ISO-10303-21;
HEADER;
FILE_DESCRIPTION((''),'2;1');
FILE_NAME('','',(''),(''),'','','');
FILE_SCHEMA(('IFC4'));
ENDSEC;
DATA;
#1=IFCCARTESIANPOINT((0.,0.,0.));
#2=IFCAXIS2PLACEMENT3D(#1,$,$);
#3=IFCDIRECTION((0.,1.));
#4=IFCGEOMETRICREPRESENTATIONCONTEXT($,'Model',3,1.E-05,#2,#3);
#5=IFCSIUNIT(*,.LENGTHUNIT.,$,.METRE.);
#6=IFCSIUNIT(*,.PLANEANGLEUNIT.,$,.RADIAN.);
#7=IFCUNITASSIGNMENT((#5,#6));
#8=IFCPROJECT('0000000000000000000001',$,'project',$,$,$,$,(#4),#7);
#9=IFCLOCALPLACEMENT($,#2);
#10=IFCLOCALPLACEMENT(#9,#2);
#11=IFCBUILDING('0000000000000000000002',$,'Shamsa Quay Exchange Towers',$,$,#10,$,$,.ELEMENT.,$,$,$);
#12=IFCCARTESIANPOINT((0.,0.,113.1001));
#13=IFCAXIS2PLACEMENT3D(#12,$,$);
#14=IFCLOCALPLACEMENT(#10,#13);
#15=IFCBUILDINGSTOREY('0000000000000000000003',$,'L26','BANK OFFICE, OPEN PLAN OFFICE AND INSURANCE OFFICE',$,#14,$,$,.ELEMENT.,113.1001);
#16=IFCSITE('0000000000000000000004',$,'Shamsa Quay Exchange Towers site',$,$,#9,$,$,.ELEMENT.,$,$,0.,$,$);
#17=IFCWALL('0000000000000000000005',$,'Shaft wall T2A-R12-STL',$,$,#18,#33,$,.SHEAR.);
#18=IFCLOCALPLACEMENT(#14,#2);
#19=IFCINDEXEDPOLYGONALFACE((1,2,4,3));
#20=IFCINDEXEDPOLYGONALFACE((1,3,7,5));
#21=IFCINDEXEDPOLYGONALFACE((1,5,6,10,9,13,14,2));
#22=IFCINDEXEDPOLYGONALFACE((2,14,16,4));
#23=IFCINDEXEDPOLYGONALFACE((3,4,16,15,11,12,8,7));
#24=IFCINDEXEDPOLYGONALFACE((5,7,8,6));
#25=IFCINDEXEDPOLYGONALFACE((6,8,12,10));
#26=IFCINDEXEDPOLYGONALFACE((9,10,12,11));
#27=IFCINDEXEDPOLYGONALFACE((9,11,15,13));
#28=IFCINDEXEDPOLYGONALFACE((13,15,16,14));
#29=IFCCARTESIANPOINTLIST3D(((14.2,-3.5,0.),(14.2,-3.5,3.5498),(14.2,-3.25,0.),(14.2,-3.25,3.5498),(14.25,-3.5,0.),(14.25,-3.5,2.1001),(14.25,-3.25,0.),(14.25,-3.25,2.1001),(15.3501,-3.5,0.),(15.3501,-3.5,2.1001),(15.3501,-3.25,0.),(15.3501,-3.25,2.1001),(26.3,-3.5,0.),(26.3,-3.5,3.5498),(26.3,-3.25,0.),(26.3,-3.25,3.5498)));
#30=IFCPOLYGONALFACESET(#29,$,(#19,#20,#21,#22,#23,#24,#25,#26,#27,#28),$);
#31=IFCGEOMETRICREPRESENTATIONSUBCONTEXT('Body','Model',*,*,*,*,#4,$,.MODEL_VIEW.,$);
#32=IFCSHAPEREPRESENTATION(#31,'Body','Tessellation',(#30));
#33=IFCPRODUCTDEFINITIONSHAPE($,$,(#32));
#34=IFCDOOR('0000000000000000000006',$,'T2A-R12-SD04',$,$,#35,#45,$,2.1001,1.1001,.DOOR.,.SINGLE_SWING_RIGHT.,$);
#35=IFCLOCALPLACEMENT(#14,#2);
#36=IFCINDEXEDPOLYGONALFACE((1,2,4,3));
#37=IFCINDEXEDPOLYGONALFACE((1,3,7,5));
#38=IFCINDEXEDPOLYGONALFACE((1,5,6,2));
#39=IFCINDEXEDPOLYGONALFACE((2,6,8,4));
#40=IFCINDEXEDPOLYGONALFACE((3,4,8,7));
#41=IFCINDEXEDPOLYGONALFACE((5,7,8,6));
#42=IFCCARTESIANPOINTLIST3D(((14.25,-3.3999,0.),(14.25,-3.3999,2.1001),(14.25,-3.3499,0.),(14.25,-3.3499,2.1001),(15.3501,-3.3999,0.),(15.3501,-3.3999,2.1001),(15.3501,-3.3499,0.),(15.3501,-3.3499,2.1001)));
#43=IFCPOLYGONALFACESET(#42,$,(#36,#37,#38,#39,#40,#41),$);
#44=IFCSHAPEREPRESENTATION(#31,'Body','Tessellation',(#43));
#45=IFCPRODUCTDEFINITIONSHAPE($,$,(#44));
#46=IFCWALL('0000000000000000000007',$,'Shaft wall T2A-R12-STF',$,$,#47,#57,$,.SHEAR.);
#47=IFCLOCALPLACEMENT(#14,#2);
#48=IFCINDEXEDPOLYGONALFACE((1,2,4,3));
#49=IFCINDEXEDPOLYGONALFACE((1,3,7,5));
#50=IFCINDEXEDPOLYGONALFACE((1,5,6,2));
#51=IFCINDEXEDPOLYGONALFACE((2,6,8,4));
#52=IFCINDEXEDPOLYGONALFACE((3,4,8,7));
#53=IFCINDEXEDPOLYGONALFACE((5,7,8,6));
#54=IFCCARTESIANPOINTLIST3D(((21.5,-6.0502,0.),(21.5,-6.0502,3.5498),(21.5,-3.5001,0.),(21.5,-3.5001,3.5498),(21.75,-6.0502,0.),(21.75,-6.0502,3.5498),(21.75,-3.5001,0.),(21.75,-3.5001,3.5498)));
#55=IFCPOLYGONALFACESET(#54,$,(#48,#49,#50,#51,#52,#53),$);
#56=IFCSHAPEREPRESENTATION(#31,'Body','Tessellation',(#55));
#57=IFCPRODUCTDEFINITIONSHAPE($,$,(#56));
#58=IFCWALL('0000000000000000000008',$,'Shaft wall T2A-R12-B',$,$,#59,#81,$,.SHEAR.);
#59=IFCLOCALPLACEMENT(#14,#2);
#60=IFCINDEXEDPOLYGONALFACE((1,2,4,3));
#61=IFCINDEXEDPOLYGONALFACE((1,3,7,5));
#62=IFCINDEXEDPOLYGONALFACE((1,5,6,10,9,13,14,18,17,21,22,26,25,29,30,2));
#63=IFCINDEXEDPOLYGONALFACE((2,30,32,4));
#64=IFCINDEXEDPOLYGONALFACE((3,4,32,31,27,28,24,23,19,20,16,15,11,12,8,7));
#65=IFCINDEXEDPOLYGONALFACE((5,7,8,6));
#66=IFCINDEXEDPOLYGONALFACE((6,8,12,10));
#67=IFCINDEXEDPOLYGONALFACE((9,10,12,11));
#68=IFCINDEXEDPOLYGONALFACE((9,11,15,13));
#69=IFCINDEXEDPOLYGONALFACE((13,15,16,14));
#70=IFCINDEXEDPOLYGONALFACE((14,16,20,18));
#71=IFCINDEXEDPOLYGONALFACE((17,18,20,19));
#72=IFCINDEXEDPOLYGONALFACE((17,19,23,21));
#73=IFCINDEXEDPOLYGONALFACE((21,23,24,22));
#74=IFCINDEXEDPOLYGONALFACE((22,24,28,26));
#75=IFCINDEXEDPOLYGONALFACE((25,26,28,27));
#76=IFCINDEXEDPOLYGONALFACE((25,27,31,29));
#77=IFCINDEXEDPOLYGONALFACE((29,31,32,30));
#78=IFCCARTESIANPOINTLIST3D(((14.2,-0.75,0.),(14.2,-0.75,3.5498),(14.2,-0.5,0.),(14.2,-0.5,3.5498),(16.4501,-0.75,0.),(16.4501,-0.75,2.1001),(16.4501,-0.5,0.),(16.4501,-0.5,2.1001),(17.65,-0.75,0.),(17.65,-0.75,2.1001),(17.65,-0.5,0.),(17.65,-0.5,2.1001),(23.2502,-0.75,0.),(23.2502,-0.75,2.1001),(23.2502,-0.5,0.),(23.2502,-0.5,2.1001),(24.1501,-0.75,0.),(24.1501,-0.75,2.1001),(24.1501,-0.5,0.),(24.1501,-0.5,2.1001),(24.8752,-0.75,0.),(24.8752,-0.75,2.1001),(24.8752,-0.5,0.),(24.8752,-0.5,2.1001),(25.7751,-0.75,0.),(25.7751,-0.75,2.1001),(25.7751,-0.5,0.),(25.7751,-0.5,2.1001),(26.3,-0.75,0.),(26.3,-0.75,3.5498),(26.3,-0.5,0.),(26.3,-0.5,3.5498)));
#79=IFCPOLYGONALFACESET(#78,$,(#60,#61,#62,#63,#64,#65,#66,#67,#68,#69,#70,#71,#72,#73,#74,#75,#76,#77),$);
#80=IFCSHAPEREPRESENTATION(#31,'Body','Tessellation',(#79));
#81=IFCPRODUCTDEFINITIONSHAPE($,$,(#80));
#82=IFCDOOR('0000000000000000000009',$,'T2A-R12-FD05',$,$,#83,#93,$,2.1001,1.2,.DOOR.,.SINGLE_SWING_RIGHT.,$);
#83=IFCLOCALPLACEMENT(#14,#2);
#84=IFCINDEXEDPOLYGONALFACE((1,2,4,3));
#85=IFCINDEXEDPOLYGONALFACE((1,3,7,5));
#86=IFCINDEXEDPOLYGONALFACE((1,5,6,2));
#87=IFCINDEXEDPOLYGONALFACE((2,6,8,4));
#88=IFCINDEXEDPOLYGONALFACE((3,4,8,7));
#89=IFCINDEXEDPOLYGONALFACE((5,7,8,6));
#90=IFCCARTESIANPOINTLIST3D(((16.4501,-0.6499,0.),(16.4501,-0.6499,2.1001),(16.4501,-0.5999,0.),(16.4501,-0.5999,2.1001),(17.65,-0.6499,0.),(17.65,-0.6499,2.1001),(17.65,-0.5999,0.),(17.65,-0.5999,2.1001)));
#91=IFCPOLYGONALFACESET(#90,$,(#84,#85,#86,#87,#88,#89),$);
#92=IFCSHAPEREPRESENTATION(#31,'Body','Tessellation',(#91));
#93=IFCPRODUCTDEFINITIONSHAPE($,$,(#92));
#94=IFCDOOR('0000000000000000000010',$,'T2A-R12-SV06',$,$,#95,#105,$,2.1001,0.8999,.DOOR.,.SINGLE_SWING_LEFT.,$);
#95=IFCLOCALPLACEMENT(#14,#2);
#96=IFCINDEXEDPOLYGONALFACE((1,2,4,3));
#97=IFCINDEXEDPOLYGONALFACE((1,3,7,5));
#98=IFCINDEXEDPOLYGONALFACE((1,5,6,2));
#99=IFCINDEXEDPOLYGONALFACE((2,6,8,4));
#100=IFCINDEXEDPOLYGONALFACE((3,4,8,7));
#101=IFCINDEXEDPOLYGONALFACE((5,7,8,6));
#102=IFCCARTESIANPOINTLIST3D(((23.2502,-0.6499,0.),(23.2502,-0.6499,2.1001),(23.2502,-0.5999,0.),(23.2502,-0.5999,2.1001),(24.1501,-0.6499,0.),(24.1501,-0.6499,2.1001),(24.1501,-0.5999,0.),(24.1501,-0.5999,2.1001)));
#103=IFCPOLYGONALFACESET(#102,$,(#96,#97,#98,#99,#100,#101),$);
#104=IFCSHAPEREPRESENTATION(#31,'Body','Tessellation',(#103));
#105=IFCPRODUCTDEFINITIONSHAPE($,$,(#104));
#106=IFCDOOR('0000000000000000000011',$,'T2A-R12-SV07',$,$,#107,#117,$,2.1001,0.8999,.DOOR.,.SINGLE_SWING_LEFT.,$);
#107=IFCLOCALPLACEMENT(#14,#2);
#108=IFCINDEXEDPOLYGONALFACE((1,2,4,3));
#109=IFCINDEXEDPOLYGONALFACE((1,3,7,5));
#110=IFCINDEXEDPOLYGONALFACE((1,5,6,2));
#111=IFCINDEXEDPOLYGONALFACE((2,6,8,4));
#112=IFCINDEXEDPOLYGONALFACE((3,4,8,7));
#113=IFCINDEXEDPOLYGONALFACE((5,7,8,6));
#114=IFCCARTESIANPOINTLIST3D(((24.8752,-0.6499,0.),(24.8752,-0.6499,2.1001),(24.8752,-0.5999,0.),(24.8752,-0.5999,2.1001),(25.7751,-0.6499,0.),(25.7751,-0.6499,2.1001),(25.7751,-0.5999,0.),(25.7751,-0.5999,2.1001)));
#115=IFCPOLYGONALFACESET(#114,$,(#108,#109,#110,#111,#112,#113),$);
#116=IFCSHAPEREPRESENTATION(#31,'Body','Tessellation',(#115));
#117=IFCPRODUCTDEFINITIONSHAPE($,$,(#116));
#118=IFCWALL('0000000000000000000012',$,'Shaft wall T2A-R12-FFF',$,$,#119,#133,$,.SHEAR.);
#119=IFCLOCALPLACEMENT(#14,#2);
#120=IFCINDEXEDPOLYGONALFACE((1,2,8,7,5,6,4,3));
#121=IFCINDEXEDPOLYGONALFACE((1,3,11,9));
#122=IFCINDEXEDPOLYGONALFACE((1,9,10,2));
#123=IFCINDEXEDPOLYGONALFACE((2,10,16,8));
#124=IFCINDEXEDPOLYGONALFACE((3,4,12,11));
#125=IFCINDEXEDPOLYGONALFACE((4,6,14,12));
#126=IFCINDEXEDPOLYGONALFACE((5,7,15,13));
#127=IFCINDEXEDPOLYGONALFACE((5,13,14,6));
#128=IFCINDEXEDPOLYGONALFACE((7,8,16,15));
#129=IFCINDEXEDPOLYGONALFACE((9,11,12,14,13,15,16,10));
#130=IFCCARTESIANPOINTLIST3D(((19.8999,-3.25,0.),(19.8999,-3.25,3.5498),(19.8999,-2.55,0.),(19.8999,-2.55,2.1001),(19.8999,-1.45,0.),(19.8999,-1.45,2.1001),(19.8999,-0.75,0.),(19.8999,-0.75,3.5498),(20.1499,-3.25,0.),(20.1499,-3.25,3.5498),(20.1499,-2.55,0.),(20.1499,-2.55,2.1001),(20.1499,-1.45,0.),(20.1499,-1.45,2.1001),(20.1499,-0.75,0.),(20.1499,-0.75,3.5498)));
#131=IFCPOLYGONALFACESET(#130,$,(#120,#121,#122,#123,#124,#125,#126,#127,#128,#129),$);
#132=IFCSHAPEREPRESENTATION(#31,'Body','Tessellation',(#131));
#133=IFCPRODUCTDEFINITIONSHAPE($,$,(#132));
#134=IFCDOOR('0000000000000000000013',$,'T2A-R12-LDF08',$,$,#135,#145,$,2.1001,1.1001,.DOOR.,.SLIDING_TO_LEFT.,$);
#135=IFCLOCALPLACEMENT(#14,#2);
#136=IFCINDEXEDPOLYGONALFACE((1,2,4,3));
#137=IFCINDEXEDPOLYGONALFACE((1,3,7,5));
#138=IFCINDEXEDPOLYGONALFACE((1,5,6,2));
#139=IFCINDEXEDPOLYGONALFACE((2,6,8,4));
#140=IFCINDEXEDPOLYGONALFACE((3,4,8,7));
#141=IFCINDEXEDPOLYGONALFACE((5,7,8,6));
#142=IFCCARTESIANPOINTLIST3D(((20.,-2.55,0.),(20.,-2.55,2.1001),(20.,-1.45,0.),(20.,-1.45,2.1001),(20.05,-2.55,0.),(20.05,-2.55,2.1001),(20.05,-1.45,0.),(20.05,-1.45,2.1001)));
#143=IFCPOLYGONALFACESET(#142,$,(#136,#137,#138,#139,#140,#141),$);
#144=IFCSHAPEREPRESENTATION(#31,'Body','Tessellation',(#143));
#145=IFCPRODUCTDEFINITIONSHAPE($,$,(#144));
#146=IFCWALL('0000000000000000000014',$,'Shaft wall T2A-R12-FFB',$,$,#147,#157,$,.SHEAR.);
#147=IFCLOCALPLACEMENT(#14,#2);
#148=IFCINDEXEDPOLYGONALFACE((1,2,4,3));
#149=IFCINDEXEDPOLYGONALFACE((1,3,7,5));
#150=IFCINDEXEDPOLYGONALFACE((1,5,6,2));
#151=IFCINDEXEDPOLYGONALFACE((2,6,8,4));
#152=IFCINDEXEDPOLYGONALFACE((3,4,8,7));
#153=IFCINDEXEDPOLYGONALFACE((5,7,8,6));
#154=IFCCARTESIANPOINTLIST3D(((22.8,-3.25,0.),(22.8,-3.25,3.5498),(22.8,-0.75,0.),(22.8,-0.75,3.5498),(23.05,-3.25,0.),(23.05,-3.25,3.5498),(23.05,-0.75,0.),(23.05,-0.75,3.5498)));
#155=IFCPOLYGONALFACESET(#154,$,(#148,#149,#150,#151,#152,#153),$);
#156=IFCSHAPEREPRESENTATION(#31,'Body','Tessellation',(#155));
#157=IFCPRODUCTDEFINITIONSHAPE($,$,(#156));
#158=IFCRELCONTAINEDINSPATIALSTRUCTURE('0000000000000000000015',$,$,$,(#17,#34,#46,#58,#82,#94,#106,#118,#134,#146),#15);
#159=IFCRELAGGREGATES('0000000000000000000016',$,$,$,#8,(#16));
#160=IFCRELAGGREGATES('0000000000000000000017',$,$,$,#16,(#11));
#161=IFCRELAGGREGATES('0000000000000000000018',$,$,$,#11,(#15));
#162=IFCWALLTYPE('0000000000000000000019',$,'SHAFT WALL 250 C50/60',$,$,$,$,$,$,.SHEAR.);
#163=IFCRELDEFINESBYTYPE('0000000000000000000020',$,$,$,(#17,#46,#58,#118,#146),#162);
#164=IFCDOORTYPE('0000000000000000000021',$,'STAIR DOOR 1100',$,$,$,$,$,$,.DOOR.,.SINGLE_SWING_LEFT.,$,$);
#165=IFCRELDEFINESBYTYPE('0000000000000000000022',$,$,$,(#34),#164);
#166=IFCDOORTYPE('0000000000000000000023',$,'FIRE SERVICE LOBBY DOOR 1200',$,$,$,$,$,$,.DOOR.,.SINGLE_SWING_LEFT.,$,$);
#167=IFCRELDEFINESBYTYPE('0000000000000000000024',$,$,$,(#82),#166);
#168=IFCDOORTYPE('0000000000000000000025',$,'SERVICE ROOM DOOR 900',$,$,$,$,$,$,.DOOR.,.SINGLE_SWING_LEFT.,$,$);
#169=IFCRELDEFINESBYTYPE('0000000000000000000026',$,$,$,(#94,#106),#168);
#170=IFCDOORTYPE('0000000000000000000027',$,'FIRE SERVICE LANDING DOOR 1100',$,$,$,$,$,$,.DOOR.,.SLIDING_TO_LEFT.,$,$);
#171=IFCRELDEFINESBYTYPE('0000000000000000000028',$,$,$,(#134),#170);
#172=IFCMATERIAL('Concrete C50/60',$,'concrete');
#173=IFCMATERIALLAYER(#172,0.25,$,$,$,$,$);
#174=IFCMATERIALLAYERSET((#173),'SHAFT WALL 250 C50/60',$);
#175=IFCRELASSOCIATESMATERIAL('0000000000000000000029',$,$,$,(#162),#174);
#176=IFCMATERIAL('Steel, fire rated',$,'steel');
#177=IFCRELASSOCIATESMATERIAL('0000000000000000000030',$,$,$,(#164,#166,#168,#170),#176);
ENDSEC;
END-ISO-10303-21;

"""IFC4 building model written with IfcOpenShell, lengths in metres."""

from ifc_helpers import new_model, si_unit, direction, frame, frame_2d, origin, place, context, subcontext, project, spatial, rectangle, extrude, material, layer, layer_set, type_object, element, fill, save


model = new_model("IFC4")

# Units and contexts
model_context = context("Model", 3, precision=1e-05, world=origin(), true_north=direction((0.0, 1.0)))
body_context = subcontext(model_context, "Body", "Model", "MODEL_VIEW")
ifc_project = project(units=[si_unit("LENGTHUNIT", "METRE"), si_unit("PLANEANGLEUNIT", "RADIAN")], contexts=[model_context])

# Site, building, storey
site_placement = place(None, origin())
site = spatial("IfcSite", under=ifc_project, at=site_placement, Name="Shamsa Quay Exchange Towers site", CompositionType="ELEMENT", RefElevation=0.0)
building_placement = place(site_placement, origin())
building = spatial("IfcBuilding", under=site, at=building_placement, Name="Shamsa Quay Exchange Towers", CompositionType="ELEMENT")
storey_placement = place(building_placement, frame((0.0, 0.0, 113.1001)))
storey = spatial("IfcBuildingStorey", under=building, at=storey_placement, Name="L26", Description="BANK OFFICE, OPEN PLAN OFFICE AND INSURANCE OFFICE", CompositionType="ELEMENT", Elevation=113.1001)

# Wall, opening, door
ifc_material_1 = material(Name="Concrete C50/60", Category="concrete")
ifc_layer_1 = layer(ifc_material_1, 0.25)
ifc_layer_set_1 = layer_set([ifc_layer_1], Name="SHAFT WALL 250 C50/60")
wall_type_1 = type_object("IfcWallType", Name="SHAFT WALL 250 C50/60", PredefinedType="SHEAR", material=ifc_layer_set_1)
wall_1_placement = place(storey_placement, frame((26.3, -3.375, 0.0), z_axis=(0.0, 0.0, 1.0), x_axis=(-1.0, 0.0, 0.0)))
wall_1 = element("IfcWall", 1, at=wall_1_placement, inside=storey, type_object=wall_type_1, Name="Shaft wall T2A-R12-STL", PredefinedType="SHEAR", context=body_context, shape_type="SweptSolid", body=[
    extrude(rectangle(XDim=12.1001, YDim=0.25, at=frame_2d((6.05, 0.0))), origin(), (0.0, 0.0, 1.0), 3.5498),
])
opening_1_placement = place(wall_1_placement, frame((10.95, 0.0, 0.0)))
opening_1 = element("IfcOpeningElement", 2, at=opening_1_placement, cuts=wall_1, PredefinedType="OPENING", context=body_context, shape_type="SweptSolid", body=[
    extrude(rectangle(XDim=1.1001, YDim=2.1001, at=frame_2d((0.55, 1.05))), frame((0.0, 0.135, 0.0), z_axis=(0.0, -1.0, 0.0), x_axis=(1.0, 0.0, 0.0)), (0.0, 0.0, 1.0), 0.27),
])
ifc_material_2 = material(Name="Steel, fire rated", Category="steel")
door_type_1 = type_object("IfcDoorType", Name="STAIR DOOR 1100", OperationType="SINGLE_SWING_LEFT", PredefinedType="DOOR", material=ifc_material_2)
door_1_placement = place(opening_1_placement, origin())
door_1 = element("IfcDoor", 3, at=door_1_placement, inside=storey, type_object=door_type_1, Name="T2A-R12-SD04", OperationType="SINGLE_SWING_RIGHT", OverallHeight=2.1001, OverallWidth=1.1001, PredefinedType="DOOR", context=body_context, shape_type="SweptSolid", body=[
    extrude(rectangle(XDim=1.1001, YDim=2.1001, at=frame_2d((0.55, 1.05))), frame((0.0, 0.0249, 0.0), z_axis=(0.0, -1.0, 0.0), x_axis=(1.0, 0.0, 0.0)), (0.0, 0.0, 1.0), 0.05),
])
fill(opening_1, door_1)

# Wall
wall_2_placement = place(storey_placement, frame((21.625, -6.05, 0.0), z_axis=(0.0, 0.0, 1.0), x_axis=(0.0, 1.0, 0.0)))
element("IfcWall", 4, at=wall_2_placement, inside=storey, type_object=wall_type_1, Name="Shaft wall T2A-R12-STF", PredefinedType="SHEAR", context=body_context, shape_type="SweptSolid", body=[
    extrude(rectangle(XDim=2.55, YDim=0.25, at=frame_2d((1.2749, 0.0))), origin(), (0.0, 0.0, 1.0), 3.5498),
])

# Wall, openings, doors
wall_3_placement = place(storey_placement, frame((26.3, -0.625, 0.0), z_axis=(0.0, 0.0, 1.0), x_axis=(-1.0, 0.0, 0.0)))
wall_3 = element("IfcWall", 5, at=wall_3_placement, inside=storey, type_object=wall_type_1, Name="Shaft wall T2A-R12-B", PredefinedType="SHEAR", context=body_context, shape_type="SweptSolid", body=[
    extrude(rectangle(XDim=12.1001, YDim=0.25, at=frame_2d((6.05, 0.0))), origin(), (0.0, 0.0, 1.0), 3.5498),
])
opening_2_placement = place(wall_3_placement, frame((8.6499, 0.0, 0.0)))
opening_2 = element("IfcOpeningElement", 6, at=opening_2_placement, cuts=wall_3, PredefinedType="OPENING", context=body_context, shape_type="SweptSolid", body=[
    extrude(rectangle(XDim=1.2, YDim=2.1001, at=frame_2d((0.6001, 1.05))), frame((0.0, 0.135, 0.0), z_axis=(0.0, -1.0, 0.0), x_axis=(1.0, 0.0, 0.0)), (0.0, 0.0, 1.0), 0.27),
])
opening_3_placement = place(wall_3_placement, frame((2.1499, 0.0, 0.0)))
opening_3 = element("IfcOpeningElement", 7, at=opening_3_placement, cuts=wall_3, PredefinedType="OPENING", context=body_context, shape_type="SweptSolid", body=[
    extrude(rectangle(XDim=0.8999, YDim=2.1001, at=frame_2d((0.45, 1.05))), frame((0.0, 0.135, 0.0), z_axis=(0.0, -1.0, 0.0), x_axis=(1.0, 0.0, 0.0)), (0.0, 0.0, 1.0), 0.27),
])
opening_4_placement = place(wall_3_placement, frame((0.5249, 0.0, 0.0)))
opening_4 = element("IfcOpeningElement", 8, at=opening_4_placement, cuts=wall_3, PredefinedType="OPENING", context=body_context, shape_type="SweptSolid", body=[
    extrude(rectangle(XDim=0.8999, YDim=2.1001, at=frame_2d((0.45, 1.05))), frame((0.0, 0.135, 0.0), z_axis=(0.0, -1.0, 0.0), x_axis=(1.0, 0.0, 0.0)), (0.0, 0.0, 1.0), 0.27),
])
door_type_2 = type_object("IfcDoorType", Name="FIRE SERVICE LOBBY DOOR 1200", OperationType="SINGLE_SWING_LEFT", PredefinedType="DOOR", material=ifc_material_2)
door_2_placement = place(opening_2_placement, origin())
door_2 = element("IfcDoor", 9, at=door_2_placement, inside=storey, type_object=door_type_2, Name="T2A-R12-FD05", OperationType="SINGLE_SWING_RIGHT", OverallHeight=2.1001, OverallWidth=1.2, PredefinedType="DOOR", context=body_context, shape_type="SweptSolid", body=[
    extrude(rectangle(XDim=1.2, YDim=2.1001, at=frame_2d((0.6001, 1.05))), frame((0.0, 0.0249, 0.0), z_axis=(0.0, -1.0, 0.0), x_axis=(1.0, 0.0, 0.0)), (0.0, 0.0, 1.0), 0.05),
])
fill(opening_2, door_2)
door_type_3 = type_object("IfcDoorType", Name="SERVICE ROOM DOOR 900", OperationType="SINGLE_SWING_LEFT", PredefinedType="DOOR", material=ifc_material_2)
door_3_placement = place(opening_3_placement, origin())
door_3 = element("IfcDoor", 10, at=door_3_placement, inside=storey, type_object=door_type_3, Name="T2A-R12-SV06", OperationType="SINGLE_SWING_LEFT", OverallHeight=2.1001, OverallWidth=0.8999, PredefinedType="DOOR", context=body_context, shape_type="SweptSolid", body=[
    extrude(rectangle(XDim=0.8999, YDim=2.1001, at=frame_2d((0.45, 1.05))), frame((0.0, 0.0249, 0.0), z_axis=(0.0, -1.0, 0.0), x_axis=(1.0, 0.0, 0.0)), (0.0, 0.0, 1.0), 0.05),
])
fill(opening_3, door_3)
door_4_placement = place(opening_4_placement, origin())
door_4 = element("IfcDoor", 11, at=door_4_placement, inside=storey, type_object=door_type_3, Name="T2A-R12-SV07", OperationType="SINGLE_SWING_LEFT", OverallHeight=2.1001, OverallWidth=0.8999, PredefinedType="DOOR", context=body_context, shape_type="SweptSolid", body=[
    extrude(rectangle(XDim=0.8999, YDim=2.1001, at=frame_2d((0.45, 1.05))), frame((0.0, 0.0249, 0.0), z_axis=(0.0, -1.0, 0.0), x_axis=(1.0, 0.0, 0.0)), (0.0, 0.0, 1.0), 0.05),
])
fill(opening_4, door_4)

# Wall, opening, door
wall_4_placement = place(storey_placement, frame((20.0249, -3.25, 0.0), z_axis=(0.0, 0.0, 1.0), x_axis=(0.0, 1.0, 0.0)))
wall_4 = element("IfcWall", 12, at=wall_4_placement, inside=storey, type_object=wall_type_1, Name="Shaft wall T2A-R12-FFF", PredefinedType="SHEAR", context=body_context, shape_type="SweptSolid", body=[
    extrude(rectangle(XDim=2.5, YDim=0.25, at=frame_2d((1.25, 0.0))), origin(), (0.0, 0.0, 1.0), 3.5498),
])
opening_5_placement = place(wall_4_placement, frame((0.7, 0.0, 0.0)))
opening_5 = element("IfcOpeningElement", 13, at=opening_5_placement, cuts=wall_4, PredefinedType="OPENING", context=body_context, shape_type="SweptSolid", body=[
    extrude(rectangle(XDim=1.1001, YDim=2.1001, at=frame_2d((0.55, 1.05))), frame((0.0, 0.135, 0.0), z_axis=(0.0, -1.0, 0.0), x_axis=(1.0, 0.0, 0.0)), (0.0, 0.0, 1.0), 0.27),
])
door_type_4 = type_object("IfcDoorType", Name="FIRE SERVICE LANDING DOOR 1100", OperationType="SLIDING_TO_LEFT", PredefinedType="DOOR", material=ifc_material_2)
door_5_placement = place(opening_5_placement, origin())
door_5 = element("IfcDoor", 14, at=door_5_placement, inside=storey, type_object=door_type_4, Name="T2A-R12-LDF08", OperationType="SLIDING_TO_LEFT", OverallHeight=2.1001, OverallWidth=1.1001, PredefinedType="DOOR", context=body_context, shape_type="SweptSolid", body=[
    extrude(rectangle(XDim=1.1001, YDim=2.1001, at=frame_2d((0.55, 1.05))), frame((0.0, 0.0249, 0.0), z_axis=(0.0, -1.0, 0.0), x_axis=(1.0, 0.0, 0.0)), (0.0, 0.0, 1.0), 0.05),
])
fill(opening_5, door_5)

# Wall
wall_5_placement = place(storey_placement, frame((22.925, -3.25, 0.0), z_axis=(0.0, 0.0, 1.0), x_axis=(0.0, 1.0, 0.0)))
element("IfcWall", 15, at=wall_5_placement, inside=storey, type_object=wall_type_1, Name="Shaft wall T2A-R12-FFB", PredefinedType="SHEAR", context=body_context, shape_type="SweptSolid", body=[
    extrude(rectangle(XDim=2.5, YDim=0.25, at=frame_2d((1.25, 0.0))), origin(), (0.0, 0.0, 1.0), 3.5498),
])

save(model, "model.ifc")
